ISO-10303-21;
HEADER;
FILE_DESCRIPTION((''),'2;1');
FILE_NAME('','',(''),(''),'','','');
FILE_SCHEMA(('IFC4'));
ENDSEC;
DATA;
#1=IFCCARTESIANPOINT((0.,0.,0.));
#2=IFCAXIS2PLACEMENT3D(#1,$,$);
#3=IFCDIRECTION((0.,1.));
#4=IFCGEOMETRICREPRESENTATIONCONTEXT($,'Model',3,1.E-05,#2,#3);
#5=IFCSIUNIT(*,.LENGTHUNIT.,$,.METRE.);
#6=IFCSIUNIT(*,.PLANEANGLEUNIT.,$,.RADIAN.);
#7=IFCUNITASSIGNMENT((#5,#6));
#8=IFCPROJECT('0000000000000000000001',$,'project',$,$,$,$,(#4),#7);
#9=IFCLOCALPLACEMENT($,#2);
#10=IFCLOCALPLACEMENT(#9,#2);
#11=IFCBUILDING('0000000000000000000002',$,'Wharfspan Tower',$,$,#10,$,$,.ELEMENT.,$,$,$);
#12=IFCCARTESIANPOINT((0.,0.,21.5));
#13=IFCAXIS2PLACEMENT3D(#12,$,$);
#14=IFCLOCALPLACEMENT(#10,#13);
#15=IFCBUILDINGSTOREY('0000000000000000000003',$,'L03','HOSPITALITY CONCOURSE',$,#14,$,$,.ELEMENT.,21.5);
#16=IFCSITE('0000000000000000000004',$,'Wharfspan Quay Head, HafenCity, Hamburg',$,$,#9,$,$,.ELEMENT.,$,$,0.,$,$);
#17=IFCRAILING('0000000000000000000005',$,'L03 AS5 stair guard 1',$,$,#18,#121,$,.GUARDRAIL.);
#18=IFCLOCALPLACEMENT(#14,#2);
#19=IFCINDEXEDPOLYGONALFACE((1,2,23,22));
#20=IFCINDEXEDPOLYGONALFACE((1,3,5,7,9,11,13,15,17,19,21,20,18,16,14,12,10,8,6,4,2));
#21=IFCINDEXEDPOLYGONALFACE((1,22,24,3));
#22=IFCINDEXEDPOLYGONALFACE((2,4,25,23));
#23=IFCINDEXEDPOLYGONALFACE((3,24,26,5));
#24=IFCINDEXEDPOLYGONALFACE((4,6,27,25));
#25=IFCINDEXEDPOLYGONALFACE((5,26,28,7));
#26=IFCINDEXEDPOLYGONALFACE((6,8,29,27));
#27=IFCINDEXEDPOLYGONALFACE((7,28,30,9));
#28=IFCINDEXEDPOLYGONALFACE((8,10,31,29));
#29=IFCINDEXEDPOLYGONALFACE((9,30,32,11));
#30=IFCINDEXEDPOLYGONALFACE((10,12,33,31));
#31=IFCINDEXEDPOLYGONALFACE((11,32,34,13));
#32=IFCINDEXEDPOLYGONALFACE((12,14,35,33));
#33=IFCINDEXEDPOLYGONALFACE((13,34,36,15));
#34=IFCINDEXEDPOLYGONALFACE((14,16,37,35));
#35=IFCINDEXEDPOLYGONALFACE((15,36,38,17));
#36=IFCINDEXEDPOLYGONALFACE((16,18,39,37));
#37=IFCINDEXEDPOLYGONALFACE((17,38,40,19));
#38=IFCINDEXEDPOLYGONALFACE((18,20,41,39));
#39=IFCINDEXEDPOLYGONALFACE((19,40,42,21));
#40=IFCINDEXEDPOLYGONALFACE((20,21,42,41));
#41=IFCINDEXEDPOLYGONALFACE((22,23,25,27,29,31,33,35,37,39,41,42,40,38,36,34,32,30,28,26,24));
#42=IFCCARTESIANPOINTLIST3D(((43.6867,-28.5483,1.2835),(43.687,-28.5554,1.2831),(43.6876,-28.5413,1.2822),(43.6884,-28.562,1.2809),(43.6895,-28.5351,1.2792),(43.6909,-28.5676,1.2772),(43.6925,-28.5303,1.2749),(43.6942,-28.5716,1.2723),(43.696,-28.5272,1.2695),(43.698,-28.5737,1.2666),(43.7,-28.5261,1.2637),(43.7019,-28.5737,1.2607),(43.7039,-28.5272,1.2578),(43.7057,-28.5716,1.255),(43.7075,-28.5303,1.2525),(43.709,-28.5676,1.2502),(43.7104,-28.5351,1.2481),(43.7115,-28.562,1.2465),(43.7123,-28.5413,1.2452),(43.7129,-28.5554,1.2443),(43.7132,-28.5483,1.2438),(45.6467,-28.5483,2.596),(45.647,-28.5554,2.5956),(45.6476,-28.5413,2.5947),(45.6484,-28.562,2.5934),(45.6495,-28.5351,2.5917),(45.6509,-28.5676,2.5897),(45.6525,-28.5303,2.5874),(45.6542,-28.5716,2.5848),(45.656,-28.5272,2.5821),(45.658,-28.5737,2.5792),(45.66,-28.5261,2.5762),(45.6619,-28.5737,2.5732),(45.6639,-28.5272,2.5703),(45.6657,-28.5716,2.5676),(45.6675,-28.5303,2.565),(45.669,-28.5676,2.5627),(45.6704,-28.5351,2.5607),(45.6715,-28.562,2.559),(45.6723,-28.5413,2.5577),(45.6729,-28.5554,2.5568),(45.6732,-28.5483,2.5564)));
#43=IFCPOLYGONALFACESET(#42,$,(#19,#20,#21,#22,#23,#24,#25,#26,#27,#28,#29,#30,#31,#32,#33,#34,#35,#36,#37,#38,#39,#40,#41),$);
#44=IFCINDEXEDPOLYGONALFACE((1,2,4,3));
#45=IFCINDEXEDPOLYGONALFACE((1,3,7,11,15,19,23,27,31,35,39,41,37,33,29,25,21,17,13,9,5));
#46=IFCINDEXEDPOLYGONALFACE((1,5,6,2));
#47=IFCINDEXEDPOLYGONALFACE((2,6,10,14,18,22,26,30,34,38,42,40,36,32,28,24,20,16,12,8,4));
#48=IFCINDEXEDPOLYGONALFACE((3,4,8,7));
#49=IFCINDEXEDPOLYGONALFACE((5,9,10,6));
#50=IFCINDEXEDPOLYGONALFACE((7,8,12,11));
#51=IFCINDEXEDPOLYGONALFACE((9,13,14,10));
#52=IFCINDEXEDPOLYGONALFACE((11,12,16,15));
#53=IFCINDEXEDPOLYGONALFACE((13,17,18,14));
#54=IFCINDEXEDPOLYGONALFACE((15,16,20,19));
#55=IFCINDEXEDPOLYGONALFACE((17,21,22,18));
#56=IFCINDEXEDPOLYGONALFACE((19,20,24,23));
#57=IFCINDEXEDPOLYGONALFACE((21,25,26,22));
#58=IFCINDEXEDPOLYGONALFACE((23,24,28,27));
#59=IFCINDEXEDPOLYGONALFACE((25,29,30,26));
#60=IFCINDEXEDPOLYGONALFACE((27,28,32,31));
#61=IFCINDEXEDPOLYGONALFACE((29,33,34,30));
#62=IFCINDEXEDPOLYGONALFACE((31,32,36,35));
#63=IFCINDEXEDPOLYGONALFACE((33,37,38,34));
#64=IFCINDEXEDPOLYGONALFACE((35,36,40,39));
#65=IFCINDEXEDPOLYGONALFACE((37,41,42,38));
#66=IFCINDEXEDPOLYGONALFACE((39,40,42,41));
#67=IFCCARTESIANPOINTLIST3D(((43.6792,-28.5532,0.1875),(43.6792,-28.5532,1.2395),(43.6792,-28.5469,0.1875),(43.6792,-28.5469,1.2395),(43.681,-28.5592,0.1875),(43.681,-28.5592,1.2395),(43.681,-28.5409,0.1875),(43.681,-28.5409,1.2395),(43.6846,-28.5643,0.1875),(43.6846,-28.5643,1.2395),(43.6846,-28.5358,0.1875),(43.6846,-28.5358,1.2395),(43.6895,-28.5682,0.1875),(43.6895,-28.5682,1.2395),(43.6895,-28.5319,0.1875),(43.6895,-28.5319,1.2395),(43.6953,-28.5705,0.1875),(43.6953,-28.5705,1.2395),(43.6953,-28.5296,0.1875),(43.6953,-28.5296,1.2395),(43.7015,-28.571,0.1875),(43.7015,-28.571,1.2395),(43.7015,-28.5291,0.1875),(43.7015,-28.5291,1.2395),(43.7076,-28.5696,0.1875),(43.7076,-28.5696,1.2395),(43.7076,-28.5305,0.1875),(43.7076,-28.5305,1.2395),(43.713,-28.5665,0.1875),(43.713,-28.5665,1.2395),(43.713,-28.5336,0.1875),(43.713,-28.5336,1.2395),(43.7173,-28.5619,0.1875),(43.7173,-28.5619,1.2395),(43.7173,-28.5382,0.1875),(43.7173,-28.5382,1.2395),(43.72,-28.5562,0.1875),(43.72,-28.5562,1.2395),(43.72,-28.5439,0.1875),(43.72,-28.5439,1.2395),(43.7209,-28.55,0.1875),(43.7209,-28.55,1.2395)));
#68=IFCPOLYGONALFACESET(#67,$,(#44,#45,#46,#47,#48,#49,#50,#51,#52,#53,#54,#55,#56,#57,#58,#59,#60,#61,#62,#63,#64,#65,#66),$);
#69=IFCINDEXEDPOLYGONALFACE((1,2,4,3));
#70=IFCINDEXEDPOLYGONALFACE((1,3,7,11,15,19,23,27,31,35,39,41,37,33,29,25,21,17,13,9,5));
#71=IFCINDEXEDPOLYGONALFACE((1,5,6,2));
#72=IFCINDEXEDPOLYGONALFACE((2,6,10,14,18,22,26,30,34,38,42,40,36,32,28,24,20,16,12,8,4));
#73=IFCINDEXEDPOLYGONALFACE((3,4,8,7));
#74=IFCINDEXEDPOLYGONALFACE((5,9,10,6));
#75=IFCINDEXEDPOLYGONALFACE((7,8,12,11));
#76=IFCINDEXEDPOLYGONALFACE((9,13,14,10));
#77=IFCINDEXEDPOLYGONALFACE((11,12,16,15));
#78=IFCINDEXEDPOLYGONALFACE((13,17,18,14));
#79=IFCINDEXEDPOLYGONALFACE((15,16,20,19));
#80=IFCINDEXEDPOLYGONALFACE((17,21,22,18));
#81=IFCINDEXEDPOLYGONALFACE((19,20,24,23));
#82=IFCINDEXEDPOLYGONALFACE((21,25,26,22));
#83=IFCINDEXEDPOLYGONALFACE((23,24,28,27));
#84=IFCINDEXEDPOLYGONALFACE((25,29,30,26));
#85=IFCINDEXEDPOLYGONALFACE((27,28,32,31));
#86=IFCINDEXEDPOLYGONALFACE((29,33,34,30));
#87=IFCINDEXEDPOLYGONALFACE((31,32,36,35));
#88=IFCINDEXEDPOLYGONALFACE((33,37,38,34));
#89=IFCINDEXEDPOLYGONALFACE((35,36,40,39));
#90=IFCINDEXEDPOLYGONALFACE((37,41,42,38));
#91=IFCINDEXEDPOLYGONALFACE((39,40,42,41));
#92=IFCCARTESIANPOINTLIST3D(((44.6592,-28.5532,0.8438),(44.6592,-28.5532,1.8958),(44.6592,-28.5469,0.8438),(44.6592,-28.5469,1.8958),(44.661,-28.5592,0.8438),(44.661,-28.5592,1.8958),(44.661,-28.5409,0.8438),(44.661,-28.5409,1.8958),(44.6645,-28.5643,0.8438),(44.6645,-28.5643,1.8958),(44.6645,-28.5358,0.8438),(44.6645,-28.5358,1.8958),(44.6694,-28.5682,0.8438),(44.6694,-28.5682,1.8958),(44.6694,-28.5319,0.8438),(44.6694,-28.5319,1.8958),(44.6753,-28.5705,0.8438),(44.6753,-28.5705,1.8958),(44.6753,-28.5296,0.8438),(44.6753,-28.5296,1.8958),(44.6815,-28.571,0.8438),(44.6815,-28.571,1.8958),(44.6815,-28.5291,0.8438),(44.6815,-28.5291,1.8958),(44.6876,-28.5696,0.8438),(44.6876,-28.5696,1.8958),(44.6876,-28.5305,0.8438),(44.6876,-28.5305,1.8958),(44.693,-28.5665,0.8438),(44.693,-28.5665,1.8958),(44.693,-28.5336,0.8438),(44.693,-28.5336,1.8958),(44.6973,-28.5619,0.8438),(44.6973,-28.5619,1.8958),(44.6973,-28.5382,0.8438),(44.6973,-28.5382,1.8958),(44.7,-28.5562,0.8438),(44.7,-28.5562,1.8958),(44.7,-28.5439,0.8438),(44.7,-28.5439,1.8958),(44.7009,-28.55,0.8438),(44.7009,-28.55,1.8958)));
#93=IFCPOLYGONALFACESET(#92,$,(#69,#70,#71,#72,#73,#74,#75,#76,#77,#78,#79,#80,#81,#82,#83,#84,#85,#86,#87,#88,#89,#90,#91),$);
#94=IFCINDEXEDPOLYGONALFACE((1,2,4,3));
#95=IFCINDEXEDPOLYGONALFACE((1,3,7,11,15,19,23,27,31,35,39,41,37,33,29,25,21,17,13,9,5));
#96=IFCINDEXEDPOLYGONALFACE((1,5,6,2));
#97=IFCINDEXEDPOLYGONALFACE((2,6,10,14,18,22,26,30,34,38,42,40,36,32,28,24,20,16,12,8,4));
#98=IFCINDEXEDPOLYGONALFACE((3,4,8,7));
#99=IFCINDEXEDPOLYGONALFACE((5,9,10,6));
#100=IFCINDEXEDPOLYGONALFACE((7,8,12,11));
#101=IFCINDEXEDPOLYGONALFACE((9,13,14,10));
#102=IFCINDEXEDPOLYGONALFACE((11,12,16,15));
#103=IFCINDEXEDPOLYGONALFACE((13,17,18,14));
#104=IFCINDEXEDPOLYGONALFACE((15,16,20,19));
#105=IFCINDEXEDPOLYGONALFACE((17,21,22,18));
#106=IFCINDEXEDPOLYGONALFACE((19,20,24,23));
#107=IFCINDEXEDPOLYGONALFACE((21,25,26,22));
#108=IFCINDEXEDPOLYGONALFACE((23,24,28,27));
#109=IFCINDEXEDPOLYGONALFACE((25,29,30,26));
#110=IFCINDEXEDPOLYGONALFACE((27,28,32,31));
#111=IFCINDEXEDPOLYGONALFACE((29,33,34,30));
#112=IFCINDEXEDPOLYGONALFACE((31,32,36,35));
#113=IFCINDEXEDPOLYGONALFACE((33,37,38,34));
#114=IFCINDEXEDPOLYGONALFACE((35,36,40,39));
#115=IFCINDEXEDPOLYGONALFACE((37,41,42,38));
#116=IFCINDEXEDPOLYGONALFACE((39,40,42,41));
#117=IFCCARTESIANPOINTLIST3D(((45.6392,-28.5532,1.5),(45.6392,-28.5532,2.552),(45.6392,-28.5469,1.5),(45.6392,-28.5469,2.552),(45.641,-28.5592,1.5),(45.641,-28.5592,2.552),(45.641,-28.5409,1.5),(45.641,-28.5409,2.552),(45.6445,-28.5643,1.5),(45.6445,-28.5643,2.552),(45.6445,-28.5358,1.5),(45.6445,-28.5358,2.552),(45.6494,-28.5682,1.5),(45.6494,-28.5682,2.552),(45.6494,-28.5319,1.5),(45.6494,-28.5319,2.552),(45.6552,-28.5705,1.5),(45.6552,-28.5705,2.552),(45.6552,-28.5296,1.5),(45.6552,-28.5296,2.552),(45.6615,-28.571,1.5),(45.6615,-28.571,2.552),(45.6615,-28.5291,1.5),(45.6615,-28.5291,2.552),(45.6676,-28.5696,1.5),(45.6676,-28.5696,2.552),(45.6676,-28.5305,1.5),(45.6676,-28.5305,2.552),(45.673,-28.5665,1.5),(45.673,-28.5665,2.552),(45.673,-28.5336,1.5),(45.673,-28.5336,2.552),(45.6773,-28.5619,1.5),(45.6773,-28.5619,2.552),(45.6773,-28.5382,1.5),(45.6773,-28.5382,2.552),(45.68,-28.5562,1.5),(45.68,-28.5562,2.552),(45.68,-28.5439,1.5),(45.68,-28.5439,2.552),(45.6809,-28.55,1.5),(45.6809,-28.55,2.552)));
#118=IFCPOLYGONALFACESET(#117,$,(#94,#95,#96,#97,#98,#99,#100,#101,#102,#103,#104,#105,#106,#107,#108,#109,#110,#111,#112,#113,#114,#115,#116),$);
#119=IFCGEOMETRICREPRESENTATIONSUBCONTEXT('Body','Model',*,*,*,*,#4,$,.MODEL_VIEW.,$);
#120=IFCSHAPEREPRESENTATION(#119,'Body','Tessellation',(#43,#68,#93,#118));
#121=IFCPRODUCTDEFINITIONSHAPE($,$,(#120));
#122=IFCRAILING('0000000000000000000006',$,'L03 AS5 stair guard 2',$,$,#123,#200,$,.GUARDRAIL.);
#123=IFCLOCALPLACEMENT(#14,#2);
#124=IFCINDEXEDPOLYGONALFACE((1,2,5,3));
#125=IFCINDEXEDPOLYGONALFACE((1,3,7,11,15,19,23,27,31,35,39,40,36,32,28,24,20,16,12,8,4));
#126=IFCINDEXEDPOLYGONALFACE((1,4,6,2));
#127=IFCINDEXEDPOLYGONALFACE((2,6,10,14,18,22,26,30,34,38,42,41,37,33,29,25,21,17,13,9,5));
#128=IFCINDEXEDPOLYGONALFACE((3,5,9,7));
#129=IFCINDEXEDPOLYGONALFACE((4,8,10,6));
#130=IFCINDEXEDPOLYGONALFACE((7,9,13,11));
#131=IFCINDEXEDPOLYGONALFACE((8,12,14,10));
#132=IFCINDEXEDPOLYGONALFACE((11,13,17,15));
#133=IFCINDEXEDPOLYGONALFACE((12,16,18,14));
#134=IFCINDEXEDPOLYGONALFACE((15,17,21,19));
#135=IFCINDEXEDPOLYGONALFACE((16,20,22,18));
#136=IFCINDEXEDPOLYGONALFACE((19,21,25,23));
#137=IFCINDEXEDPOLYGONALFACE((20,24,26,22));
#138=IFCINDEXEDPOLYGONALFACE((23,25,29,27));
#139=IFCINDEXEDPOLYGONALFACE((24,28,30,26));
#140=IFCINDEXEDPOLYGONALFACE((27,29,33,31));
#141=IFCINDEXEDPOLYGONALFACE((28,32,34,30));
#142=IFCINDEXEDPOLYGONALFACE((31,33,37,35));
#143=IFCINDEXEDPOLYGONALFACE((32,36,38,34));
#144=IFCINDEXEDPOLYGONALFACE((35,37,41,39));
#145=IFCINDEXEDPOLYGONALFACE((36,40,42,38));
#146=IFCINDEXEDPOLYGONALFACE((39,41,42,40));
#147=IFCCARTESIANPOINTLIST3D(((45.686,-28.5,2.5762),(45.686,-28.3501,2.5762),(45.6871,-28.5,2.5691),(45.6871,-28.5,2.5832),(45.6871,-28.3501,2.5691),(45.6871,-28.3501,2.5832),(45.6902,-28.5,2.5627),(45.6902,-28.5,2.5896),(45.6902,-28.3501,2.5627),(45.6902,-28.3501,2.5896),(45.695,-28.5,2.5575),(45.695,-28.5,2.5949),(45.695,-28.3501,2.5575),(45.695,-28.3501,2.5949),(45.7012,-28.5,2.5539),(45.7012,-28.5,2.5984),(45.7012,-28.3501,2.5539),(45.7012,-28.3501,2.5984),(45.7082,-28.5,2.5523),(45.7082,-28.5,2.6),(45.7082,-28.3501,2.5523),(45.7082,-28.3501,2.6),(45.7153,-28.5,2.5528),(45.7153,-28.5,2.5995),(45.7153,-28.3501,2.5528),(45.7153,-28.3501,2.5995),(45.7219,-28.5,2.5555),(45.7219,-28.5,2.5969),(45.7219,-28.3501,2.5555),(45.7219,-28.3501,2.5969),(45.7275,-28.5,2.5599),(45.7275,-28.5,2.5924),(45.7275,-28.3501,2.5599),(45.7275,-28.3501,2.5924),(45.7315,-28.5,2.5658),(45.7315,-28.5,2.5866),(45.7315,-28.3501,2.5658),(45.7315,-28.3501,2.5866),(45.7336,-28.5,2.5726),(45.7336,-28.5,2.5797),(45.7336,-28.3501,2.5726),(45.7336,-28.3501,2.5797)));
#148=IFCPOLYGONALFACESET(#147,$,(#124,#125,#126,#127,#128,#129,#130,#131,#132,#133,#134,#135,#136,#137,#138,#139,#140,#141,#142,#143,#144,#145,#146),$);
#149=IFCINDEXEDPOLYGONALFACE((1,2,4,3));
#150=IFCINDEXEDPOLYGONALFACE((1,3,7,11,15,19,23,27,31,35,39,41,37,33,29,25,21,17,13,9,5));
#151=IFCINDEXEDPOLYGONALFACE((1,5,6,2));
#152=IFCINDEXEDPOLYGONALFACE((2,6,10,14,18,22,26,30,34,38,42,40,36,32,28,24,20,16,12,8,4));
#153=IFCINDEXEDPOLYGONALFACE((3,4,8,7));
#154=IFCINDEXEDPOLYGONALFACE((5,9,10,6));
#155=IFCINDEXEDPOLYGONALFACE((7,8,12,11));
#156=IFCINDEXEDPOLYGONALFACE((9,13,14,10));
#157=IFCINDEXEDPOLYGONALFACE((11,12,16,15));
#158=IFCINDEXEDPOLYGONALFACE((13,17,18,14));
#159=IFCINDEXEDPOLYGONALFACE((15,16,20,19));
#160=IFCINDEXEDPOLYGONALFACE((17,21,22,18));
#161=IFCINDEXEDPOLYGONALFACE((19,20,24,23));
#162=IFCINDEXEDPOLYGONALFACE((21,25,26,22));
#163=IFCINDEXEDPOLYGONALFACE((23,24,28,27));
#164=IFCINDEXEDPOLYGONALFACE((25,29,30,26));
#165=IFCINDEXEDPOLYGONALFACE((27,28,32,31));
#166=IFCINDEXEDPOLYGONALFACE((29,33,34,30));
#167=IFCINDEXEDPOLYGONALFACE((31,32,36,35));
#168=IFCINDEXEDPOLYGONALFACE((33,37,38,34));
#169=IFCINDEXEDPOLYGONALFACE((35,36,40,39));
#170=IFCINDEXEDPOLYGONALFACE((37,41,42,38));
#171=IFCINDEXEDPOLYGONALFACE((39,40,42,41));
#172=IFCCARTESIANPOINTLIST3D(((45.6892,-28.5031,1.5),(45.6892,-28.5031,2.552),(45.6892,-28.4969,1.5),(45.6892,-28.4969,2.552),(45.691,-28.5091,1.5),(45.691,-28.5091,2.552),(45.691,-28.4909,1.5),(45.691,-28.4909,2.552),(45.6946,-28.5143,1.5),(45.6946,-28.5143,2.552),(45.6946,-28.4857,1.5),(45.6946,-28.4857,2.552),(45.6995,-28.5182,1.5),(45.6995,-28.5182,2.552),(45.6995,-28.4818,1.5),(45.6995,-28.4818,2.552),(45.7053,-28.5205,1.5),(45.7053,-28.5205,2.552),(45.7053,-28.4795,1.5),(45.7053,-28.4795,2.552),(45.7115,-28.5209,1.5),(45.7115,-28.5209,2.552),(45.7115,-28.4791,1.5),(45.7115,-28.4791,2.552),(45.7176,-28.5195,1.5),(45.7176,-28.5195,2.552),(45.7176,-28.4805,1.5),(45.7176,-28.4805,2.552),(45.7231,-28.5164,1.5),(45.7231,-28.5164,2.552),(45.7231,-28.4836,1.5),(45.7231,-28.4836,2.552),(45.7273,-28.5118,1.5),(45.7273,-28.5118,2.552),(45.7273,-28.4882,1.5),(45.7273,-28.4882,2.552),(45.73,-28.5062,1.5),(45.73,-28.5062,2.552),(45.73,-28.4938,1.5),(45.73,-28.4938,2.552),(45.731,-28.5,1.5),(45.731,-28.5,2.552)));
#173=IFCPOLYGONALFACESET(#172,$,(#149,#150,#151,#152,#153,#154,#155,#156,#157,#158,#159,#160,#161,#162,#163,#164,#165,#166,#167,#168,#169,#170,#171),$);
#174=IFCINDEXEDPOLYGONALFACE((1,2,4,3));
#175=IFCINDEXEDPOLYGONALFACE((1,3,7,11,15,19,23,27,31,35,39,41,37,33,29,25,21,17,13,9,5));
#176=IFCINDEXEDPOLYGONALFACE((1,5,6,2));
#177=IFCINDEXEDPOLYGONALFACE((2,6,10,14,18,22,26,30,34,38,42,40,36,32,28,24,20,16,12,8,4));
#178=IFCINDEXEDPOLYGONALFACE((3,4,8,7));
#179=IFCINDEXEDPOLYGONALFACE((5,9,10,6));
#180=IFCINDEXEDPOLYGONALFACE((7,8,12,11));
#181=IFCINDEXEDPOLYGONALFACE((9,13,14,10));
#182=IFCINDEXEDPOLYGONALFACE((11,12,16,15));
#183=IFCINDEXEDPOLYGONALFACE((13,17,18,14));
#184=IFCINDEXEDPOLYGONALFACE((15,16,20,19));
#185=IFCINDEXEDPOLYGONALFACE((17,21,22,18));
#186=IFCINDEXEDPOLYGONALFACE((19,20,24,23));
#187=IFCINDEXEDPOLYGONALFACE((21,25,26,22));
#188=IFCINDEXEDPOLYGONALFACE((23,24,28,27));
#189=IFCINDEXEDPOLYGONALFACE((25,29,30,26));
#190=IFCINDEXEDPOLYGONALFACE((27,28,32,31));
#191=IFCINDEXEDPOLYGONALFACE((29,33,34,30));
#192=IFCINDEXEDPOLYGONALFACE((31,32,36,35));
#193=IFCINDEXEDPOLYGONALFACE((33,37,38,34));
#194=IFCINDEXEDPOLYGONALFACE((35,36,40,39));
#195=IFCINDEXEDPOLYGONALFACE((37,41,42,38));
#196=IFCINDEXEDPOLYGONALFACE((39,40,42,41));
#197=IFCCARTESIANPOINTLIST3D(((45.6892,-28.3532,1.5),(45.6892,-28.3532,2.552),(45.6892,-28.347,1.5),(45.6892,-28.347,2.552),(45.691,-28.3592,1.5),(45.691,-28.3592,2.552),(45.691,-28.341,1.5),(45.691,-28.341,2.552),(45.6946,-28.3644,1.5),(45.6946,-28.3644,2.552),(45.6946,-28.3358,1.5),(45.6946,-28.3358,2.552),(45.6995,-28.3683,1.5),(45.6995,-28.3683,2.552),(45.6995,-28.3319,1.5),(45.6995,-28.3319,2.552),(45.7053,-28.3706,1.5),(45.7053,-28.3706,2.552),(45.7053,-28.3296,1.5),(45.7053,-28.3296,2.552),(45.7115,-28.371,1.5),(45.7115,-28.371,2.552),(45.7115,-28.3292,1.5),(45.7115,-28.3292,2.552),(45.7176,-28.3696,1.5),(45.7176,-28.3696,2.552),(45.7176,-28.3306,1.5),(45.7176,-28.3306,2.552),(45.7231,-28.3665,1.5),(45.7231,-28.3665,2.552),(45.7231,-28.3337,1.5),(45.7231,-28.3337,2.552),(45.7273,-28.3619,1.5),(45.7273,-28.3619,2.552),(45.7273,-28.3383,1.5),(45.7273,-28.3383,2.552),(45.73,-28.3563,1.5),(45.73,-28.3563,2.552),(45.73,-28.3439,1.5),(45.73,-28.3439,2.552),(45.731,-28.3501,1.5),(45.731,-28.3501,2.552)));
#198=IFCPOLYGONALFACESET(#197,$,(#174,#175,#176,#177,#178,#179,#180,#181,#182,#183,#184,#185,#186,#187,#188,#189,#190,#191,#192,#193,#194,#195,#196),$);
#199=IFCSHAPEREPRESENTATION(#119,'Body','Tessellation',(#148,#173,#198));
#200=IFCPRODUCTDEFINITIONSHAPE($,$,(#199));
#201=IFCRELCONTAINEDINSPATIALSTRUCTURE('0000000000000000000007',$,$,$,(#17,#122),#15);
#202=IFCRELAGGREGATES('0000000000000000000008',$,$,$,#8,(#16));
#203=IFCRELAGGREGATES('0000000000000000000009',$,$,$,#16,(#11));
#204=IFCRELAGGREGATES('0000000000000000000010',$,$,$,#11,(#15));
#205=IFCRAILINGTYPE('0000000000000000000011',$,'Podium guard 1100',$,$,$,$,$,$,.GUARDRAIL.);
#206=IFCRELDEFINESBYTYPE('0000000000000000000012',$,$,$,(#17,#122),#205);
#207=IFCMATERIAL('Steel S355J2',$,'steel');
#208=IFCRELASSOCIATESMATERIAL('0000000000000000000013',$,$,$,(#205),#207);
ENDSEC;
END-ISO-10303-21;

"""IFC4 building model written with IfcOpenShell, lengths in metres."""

from ifc_helpers import new_model, si_unit, direction, frame, origin, origin_2d, place, context, subcontext, project, spatial, circle, extrude, material, type_object, element, save


model = new_model("IFC4")

# Units and contexts
model_context = context("Model", 3, precision=1e-05, world=origin(), true_north=direction((0.0, 1.0)))
body_context = subcontext(model_context, "Body", "Model", "MODEL_VIEW")
ifc_project = project(units=[si_unit("LENGTHUNIT", "METRE"), si_unit("PLANEANGLEUNIT", "RADIAN")], contexts=[model_context])

# Site, building, storey
site_placement = place(None, origin())
site = spatial("IfcSite", under=ifc_project, at=site_placement, Name="Wharfspan Quay Head, HafenCity, Hamburg", CompositionType="ELEMENT", RefElevation=0.0)
building_placement = place(site_placement, origin())
building = spatial("IfcBuilding", under=site, at=building_placement, Name="Wharfspan Tower", CompositionType="ELEMENT")
storey_placement = place(building_placement, frame((0.0, 0.0, 21.5)))
storey = spatial("IfcBuildingStorey", under=building, at=storey_placement, Name="L03", Description="HOSPITALITY CONCOURSE", CompositionType="ELEMENT", Elevation=21.5)

# Railings
ifc_material_1 = material(Name="Steel S355J2", Category="steel")
railing_type_1 = type_object("IfcRailingType", Name="Podium guard 1100", PredefinedType="GUARDRAIL", material=ifc_material_1)
railing_1_placement = place(storey_placement, frame((43.7, -28.55, 0.1875)))
element("IfcRailing", 1, at=railing_1_placement, inside=storey, type_object=railing_type_1, Name="L03 AS5 stair guard 1", PredefinedType="GUARDRAIL", context=body_context, shape_type="SweptSolid", body=[
    extrude(circle(Radius=0.0239, at=origin_2d()), frame((0.0, 0.0, 1.0762), z_axis=(0.830902, 0.0, 0.556419), x_axis=(0.0, 1.0, 0.0)), (0.0, 0.0, 1.0), 2.3589),
    extrude(circle(Radius=0.021, at=origin_2d()), origin(), (0.0, 0.0, 1.0), 1.052),
    extrude(circle(Radius=0.021, at=origin_2d()), frame((0.98, 0.0, 0.6562)), (0.0, 0.0, 1.0), 1.052),
    extrude(circle(Radius=0.021, at=origin_2d()), frame((1.96, 0.0, 1.3125)), (0.0, 0.0, 1.0), 1.052),
])
railing_2_placement = place(storey_placement, frame((45.71, -28.5, 1.5)))
element("IfcRailing", 2, at=railing_2_placement, inside=storey, type_object=railing_type_1, Name="L03 AS5 stair guard 2", PredefinedType="GUARDRAIL", context=body_context, shape_type="SweptSolid", body=[
    extrude(circle(Radius=0.0239, at=origin_2d()), frame((0.0, 0.0, 1.0762), z_axis=(0.0, 1.0, 0.0), x_axis=(-1.0, 0.0, 0.0)), (0.0, 0.0, 1.0), 0.1499),
    extrude(circle(Radius=0.021, at=origin_2d()), origin(), (0.0, 0.0, 1.0), 1.052),
    extrude(circle(Radius=0.021, at=origin_2d()), frame((0.0, 0.1499, 0.0)), (0.0, 0.0, 1.0), 1.052),
])

save(model, "model.ifc")
